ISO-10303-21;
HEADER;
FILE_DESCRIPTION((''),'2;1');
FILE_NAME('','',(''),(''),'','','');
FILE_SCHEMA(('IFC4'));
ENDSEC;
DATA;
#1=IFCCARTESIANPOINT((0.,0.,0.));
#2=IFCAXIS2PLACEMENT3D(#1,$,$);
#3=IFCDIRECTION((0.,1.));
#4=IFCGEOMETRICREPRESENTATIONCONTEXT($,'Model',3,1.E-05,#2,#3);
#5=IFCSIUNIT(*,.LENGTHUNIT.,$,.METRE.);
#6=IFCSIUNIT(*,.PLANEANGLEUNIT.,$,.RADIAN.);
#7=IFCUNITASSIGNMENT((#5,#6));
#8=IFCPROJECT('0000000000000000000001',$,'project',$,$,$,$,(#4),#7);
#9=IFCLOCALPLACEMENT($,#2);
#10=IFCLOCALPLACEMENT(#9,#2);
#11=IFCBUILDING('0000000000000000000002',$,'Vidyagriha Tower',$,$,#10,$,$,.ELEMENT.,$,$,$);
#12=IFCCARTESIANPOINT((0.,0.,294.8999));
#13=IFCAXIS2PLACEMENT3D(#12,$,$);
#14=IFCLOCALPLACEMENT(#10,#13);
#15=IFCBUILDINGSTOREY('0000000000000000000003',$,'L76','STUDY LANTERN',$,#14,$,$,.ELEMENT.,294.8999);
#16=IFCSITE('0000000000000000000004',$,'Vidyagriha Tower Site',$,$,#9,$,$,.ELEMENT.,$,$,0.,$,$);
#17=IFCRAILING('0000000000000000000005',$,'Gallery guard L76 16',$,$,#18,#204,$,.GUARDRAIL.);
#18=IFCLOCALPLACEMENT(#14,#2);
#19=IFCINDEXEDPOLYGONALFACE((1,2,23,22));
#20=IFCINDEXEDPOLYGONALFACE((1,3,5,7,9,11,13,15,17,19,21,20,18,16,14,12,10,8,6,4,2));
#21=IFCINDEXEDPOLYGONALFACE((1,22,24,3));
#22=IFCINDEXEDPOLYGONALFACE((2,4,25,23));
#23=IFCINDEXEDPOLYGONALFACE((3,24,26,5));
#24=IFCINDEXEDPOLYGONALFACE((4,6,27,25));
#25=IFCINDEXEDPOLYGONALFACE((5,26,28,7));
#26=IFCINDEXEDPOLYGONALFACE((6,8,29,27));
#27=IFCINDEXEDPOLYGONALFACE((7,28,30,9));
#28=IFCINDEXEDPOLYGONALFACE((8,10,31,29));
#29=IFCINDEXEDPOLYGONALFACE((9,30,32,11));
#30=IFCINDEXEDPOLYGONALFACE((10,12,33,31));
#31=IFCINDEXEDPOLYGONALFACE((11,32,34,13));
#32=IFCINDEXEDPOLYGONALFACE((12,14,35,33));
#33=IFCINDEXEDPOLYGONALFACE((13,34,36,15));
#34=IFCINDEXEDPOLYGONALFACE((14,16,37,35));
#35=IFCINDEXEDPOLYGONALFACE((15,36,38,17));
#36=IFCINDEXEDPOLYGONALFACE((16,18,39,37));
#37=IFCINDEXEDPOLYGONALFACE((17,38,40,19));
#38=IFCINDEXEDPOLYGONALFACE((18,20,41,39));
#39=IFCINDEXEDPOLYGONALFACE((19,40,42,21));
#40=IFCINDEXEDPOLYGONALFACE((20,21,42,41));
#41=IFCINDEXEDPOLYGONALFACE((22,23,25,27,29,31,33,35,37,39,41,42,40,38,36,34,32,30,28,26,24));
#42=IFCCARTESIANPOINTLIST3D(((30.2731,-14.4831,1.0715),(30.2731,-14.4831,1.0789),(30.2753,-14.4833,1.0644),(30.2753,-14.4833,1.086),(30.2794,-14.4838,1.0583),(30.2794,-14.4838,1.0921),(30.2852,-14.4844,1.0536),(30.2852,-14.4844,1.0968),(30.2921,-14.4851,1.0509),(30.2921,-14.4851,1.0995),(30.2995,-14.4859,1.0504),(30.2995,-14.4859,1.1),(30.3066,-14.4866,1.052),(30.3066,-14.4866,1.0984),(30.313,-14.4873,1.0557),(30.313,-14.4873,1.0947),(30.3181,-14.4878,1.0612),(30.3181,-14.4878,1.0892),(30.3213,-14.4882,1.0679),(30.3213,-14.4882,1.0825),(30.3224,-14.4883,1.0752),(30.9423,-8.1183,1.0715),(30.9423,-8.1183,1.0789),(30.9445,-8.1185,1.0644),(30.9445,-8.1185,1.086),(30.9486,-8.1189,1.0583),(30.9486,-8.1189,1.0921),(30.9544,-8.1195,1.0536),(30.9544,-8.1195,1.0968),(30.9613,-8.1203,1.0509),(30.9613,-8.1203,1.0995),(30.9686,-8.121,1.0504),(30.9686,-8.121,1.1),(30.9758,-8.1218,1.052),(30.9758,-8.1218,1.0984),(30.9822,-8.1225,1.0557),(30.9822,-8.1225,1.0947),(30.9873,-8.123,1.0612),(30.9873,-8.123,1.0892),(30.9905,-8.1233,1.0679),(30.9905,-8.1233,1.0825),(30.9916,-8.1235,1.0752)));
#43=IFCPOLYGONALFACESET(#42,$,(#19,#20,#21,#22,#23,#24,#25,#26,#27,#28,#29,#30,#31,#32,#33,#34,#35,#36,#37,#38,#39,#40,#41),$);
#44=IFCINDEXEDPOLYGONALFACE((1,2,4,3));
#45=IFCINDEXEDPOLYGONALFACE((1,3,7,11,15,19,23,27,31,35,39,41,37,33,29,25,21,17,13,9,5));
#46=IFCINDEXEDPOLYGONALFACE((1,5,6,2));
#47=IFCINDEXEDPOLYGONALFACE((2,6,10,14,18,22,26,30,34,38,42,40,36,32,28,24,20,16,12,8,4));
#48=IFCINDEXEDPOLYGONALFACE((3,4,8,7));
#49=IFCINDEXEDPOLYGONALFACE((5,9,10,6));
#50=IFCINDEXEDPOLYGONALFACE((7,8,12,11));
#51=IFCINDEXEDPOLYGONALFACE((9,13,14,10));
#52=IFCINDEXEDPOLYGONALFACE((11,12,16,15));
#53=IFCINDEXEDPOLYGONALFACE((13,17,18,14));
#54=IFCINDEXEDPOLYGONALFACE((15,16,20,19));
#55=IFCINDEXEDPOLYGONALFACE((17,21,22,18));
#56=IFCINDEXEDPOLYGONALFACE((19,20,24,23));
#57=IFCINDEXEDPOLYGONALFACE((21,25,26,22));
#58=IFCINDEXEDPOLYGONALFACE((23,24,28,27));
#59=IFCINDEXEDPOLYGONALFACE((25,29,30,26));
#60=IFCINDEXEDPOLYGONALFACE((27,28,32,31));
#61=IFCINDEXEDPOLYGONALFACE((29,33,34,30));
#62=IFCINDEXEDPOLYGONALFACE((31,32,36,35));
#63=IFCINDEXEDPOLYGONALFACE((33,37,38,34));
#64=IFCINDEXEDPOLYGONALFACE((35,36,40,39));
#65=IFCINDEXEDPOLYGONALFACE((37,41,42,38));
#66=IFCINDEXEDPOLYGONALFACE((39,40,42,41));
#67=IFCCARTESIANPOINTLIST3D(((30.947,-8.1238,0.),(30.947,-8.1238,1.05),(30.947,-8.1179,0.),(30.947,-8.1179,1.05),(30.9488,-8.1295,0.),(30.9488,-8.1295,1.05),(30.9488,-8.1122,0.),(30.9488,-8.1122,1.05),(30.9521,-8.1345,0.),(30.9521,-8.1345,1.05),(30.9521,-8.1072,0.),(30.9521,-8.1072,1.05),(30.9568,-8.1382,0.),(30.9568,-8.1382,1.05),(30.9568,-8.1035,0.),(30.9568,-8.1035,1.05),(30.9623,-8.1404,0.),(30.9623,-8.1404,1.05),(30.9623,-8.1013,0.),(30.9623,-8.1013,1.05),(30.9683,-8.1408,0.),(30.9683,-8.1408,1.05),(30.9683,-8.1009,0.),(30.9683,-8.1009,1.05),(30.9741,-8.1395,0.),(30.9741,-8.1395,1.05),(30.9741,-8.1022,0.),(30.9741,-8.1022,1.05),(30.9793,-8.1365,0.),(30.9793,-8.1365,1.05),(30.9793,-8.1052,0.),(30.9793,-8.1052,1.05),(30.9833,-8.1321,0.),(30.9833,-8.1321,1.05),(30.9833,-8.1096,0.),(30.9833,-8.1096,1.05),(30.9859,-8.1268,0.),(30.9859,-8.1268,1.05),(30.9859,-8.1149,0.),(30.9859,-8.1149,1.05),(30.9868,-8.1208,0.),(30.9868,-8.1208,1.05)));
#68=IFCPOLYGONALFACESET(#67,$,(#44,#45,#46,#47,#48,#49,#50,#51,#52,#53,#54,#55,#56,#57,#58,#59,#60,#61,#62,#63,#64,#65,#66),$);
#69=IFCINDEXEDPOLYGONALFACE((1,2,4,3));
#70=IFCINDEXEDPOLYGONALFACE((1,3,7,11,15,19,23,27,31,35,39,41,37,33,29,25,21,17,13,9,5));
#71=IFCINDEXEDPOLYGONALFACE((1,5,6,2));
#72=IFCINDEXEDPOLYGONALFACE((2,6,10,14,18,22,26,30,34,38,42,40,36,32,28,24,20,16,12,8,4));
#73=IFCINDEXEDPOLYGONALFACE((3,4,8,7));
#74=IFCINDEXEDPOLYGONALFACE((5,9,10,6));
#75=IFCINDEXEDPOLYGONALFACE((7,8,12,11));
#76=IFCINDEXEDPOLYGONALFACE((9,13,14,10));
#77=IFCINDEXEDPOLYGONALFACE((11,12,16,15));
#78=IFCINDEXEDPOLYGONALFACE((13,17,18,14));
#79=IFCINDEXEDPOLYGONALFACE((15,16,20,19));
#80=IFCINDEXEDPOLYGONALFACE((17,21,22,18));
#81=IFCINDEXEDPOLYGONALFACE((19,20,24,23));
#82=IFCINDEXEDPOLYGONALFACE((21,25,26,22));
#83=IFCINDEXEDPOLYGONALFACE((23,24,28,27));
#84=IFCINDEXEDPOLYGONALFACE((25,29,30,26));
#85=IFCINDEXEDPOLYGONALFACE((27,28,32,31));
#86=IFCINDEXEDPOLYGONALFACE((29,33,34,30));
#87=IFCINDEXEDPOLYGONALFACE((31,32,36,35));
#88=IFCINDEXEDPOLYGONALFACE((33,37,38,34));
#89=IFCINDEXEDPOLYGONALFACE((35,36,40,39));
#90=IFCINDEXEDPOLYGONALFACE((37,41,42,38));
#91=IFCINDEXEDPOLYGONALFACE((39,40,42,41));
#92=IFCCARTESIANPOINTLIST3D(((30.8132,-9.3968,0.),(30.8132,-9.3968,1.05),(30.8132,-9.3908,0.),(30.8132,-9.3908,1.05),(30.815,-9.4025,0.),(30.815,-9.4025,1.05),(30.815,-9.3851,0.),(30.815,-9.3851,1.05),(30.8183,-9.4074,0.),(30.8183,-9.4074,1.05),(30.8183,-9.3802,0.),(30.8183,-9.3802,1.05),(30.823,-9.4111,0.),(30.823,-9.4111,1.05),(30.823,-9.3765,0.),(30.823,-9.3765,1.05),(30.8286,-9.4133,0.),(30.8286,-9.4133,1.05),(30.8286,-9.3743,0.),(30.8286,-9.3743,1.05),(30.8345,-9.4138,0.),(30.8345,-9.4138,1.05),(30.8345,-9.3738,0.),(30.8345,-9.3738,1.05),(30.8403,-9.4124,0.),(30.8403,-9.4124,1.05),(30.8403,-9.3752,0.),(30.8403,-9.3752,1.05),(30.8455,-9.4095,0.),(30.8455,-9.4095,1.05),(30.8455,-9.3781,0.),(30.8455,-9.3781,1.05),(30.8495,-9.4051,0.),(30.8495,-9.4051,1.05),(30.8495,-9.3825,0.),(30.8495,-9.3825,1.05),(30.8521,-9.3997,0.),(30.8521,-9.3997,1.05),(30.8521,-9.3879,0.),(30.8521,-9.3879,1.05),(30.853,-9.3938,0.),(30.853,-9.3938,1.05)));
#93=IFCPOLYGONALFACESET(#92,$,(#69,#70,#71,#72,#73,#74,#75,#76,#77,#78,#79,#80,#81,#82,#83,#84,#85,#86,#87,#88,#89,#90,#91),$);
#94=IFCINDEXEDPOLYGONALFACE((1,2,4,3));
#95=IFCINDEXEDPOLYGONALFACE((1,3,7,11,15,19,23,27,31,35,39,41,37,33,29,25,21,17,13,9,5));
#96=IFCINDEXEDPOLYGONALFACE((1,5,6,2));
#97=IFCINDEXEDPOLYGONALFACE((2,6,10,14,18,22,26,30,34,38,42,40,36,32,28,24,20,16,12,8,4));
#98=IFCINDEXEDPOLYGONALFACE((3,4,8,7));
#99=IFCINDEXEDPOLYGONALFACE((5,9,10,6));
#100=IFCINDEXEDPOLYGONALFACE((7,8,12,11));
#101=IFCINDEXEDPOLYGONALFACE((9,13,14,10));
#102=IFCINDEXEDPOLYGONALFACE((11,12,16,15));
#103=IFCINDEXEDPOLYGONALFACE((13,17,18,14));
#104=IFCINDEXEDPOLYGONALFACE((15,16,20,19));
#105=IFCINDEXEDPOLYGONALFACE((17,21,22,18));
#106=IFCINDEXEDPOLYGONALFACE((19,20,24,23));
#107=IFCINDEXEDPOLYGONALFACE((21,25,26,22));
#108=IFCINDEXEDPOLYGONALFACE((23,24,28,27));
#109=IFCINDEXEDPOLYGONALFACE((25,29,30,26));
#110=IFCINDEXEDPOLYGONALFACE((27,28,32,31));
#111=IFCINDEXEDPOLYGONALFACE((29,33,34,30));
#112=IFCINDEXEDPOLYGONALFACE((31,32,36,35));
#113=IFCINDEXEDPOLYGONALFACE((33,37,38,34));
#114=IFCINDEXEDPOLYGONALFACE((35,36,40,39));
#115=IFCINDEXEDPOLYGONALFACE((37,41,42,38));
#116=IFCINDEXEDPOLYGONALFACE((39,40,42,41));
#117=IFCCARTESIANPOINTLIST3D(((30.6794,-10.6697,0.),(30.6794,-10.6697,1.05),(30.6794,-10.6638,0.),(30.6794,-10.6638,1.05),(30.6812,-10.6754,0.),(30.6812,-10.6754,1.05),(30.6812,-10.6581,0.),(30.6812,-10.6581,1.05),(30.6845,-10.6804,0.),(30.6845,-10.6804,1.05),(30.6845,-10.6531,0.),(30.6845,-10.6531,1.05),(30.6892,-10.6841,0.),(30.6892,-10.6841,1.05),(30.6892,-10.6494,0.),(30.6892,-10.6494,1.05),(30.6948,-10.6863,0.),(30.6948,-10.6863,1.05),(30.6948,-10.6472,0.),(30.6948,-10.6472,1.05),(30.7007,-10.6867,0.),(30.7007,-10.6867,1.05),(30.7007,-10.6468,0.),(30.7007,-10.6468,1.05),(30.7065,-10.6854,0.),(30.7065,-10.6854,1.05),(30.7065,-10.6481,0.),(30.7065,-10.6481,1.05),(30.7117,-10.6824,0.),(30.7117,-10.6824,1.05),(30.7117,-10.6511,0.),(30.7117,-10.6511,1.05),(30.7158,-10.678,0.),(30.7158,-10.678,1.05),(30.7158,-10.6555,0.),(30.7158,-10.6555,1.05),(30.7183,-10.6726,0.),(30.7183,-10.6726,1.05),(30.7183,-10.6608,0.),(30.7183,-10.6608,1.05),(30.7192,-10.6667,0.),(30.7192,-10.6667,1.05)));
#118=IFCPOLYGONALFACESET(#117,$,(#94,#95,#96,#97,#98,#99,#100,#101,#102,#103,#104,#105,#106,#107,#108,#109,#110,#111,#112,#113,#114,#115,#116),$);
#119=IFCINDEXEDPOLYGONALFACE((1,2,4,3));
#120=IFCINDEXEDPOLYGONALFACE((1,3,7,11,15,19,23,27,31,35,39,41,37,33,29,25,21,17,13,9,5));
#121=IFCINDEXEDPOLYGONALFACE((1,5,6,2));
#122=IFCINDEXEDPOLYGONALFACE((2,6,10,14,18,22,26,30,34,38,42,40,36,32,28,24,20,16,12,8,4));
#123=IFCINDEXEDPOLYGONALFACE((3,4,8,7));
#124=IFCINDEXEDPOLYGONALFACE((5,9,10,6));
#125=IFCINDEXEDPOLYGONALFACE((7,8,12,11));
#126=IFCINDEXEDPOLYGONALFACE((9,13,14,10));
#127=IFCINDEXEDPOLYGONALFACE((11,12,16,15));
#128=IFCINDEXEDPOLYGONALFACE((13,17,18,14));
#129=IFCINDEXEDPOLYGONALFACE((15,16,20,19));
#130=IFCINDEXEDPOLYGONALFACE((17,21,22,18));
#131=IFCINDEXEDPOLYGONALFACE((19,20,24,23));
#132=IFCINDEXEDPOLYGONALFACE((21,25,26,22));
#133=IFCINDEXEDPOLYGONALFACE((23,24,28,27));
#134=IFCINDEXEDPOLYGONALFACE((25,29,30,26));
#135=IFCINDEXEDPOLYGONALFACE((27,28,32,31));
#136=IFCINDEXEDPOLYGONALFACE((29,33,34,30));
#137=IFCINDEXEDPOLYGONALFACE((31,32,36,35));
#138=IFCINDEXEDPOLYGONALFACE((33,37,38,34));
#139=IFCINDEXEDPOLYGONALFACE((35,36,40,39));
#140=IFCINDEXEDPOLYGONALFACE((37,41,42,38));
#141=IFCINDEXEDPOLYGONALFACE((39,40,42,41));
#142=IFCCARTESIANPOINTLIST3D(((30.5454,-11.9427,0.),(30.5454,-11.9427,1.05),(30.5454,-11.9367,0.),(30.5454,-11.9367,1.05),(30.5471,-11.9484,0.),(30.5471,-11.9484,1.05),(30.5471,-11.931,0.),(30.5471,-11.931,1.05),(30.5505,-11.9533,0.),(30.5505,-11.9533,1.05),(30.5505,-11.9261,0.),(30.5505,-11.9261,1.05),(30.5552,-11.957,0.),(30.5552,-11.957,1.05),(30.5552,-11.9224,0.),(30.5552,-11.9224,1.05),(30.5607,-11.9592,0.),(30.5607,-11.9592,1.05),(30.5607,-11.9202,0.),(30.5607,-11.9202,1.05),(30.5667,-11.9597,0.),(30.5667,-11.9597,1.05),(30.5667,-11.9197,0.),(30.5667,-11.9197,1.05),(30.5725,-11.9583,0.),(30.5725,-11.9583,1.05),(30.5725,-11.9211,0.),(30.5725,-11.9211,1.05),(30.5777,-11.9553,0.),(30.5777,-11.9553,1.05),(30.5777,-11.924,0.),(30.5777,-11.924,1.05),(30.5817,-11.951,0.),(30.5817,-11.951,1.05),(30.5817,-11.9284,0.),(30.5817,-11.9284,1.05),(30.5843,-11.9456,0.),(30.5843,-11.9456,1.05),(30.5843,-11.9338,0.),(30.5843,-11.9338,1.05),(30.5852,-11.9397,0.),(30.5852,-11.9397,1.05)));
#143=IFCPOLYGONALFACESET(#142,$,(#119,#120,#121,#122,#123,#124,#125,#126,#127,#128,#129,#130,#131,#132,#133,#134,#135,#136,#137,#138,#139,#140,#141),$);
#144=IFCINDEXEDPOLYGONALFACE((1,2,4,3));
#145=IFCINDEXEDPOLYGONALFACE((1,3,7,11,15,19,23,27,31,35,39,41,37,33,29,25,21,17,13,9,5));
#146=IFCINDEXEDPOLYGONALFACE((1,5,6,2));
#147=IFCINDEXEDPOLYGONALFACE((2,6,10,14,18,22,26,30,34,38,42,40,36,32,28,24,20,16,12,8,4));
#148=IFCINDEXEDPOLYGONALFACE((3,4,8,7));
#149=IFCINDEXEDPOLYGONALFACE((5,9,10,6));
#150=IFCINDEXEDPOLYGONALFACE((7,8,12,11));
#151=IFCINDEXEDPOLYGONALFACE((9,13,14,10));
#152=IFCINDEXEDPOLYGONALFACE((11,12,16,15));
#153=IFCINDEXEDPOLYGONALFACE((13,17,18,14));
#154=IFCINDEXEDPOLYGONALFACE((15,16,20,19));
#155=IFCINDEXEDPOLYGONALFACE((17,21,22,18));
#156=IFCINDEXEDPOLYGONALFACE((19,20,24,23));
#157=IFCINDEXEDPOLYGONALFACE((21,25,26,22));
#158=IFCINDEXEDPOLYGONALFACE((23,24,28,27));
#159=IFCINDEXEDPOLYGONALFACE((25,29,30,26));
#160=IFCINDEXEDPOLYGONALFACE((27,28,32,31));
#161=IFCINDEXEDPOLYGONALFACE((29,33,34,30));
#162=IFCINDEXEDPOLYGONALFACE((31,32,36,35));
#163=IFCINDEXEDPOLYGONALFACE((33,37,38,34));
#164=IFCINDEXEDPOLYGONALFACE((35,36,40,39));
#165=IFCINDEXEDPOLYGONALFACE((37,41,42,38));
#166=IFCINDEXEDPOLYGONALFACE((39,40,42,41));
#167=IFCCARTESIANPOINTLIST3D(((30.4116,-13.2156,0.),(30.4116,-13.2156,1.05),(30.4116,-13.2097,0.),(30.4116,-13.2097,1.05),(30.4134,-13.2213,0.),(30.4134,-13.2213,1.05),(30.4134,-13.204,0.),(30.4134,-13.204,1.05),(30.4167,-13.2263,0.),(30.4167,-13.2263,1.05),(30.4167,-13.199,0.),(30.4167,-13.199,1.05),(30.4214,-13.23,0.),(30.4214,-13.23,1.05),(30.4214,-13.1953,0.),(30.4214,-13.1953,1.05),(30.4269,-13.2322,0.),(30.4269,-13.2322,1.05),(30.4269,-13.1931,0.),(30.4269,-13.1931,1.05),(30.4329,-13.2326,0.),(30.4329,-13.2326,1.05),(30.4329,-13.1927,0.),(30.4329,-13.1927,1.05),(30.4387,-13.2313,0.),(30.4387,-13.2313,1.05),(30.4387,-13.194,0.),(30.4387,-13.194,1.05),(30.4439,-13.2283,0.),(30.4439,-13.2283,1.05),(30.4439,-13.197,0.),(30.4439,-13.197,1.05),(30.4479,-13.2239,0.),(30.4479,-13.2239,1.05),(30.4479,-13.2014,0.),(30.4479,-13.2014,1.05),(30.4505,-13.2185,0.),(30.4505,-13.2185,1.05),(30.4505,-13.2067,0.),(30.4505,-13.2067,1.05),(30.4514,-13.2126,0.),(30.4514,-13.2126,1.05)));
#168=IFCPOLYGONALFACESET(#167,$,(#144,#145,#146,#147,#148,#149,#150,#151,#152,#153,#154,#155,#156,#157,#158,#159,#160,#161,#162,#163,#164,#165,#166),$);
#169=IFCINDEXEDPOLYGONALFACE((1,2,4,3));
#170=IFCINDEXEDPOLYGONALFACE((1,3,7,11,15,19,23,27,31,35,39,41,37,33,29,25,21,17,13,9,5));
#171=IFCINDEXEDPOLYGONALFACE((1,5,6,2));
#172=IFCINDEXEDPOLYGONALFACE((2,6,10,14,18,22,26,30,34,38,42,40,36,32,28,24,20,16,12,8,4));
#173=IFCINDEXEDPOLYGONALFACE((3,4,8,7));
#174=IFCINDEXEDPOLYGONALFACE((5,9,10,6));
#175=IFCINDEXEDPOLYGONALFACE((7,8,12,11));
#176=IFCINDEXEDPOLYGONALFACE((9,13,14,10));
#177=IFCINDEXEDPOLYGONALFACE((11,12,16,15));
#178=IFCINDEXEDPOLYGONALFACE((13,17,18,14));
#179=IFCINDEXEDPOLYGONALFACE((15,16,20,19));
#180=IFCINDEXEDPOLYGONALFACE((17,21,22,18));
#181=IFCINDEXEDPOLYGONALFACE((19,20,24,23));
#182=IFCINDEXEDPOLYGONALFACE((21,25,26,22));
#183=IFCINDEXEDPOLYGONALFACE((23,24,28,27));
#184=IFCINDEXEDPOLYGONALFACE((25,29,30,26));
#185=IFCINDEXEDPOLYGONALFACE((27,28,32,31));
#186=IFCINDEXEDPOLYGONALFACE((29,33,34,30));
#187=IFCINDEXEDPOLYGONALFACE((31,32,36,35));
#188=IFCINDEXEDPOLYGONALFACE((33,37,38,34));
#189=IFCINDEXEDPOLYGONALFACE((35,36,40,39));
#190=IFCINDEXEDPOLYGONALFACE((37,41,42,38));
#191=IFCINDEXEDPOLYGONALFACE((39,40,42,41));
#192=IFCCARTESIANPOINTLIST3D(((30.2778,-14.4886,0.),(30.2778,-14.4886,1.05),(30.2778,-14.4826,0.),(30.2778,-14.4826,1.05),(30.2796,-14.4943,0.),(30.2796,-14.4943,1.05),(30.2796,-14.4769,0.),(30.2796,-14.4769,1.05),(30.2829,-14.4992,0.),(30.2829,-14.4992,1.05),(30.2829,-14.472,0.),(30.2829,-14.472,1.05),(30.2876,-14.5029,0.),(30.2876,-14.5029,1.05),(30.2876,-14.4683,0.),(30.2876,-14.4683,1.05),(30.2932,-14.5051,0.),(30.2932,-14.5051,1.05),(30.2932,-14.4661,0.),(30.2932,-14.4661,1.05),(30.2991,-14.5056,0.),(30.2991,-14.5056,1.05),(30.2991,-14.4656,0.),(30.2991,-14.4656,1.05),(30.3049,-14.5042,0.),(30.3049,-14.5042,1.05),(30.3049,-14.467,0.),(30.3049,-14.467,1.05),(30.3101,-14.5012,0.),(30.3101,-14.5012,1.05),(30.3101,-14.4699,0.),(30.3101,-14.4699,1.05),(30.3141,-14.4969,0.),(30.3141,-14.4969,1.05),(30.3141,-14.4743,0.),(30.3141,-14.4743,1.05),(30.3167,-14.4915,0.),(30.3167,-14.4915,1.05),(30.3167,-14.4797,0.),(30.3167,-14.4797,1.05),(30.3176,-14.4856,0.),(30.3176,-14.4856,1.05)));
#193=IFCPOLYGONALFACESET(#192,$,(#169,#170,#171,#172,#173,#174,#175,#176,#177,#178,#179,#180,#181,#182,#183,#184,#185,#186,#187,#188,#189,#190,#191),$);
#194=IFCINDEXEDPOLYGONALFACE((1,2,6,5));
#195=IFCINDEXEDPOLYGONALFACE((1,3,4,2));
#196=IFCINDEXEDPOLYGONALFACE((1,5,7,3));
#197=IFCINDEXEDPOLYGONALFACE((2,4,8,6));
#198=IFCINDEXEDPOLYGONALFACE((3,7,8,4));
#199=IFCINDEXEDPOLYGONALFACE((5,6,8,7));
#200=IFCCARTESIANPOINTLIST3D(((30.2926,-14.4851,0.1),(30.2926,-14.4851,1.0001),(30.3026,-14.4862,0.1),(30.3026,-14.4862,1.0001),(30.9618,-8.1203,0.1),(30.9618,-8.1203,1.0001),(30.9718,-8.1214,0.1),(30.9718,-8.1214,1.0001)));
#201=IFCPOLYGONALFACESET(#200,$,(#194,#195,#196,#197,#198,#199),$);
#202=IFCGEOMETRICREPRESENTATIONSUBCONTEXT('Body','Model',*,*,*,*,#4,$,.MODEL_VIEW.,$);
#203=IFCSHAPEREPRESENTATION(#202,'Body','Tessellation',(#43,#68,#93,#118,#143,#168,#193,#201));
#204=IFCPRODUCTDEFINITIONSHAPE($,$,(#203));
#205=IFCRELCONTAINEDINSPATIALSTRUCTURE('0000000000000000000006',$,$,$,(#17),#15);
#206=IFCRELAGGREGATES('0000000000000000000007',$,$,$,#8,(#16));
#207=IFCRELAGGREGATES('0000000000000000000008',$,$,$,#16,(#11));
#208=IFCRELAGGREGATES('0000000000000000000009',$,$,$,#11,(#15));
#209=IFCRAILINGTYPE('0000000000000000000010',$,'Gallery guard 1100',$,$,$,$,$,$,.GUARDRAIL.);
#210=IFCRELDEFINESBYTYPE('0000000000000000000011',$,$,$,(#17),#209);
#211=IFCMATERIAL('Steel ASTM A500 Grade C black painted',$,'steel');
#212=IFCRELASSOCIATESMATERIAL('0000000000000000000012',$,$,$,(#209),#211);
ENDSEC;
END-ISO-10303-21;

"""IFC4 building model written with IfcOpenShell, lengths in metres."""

from ifc_helpers import new_model, si_unit, direction, frame, origin, origin_2d, place, context, subcontext, project, spatial, rectangle, circle, extrude, material, type_object, element, save


model = new_model("IFC4")

# Units and contexts
model_context = context("Model", 3, precision=1e-05, world=origin(), true_north=direction((0.0, 1.0)))
body_context = subcontext(model_context, "Body", "Model", "MODEL_VIEW")
ifc_project = project(units=[si_unit("LENGTHUNIT", "METRE"), si_unit("PLANEANGLEUNIT", "RADIAN")], contexts=[model_context])

# Site, building, storey
site_placement = place(None, origin())
site = spatial("IfcSite", under=ifc_project, at=site_placement, Name="Vidyagriha Tower Site", CompositionType="ELEMENT", RefElevation=0.0)
building_placement = place(site_placement, origin())
building = spatial("IfcBuilding", under=site, at=building_placement, Name="Vidyagriha Tower", CompositionType="ELEMENT")
storey_placement = place(building_placement, frame((0.0, 0.0, 294.8999)))
storey = spatial("IfcBuildingStorey", under=building, at=storey_placement, Name="L76", Description="STUDY LANTERN", CompositionType="ELEMENT", Elevation=294.8999)

# Railing
ifc_material_1 = material(Name="Steel ASTM A500 Grade C black painted", Category="steel")
railing_type = type_object("IfcRailingType", Name="Gallery guard 1100", PredefinedType="GUARDRAIL", material=ifc_material_1)
railing_placement = place(storey_placement, frame((30.9668, -8.1208, 0.0)))
element("IfcRailing", 1, at=railing_placement, inside=storey, type_object=railing_type, Name="Gallery guard L76 16", PredefinedType="GUARDRAIL", context=body_context, shape_type="SweptSolid", body=[
    extrude(circle(Radius=0.0249, at=origin_2d()), frame((0.0, 0.0, 1.0752), z_axis=(-0.104564, -0.994518, 0.0), x_axis=(0.994518, -0.104564, 0.0)), (0.0, 0.0, 1.0), 6.3999),
    extrude(circle(Radius=0.02, at=origin_2d()), origin(), (0.0, 0.0, 1.0), 1.05),
    extrude(circle(Radius=0.02, at=origin_2d()), frame((-0.1338, -1.2729, 0.0)), (0.0, 0.0, 1.0), 1.05),
    extrude(circle(Radius=0.02, at=origin_2d()), frame((-0.2676, -2.5459, 0.0)), (0.0, 0.0, 1.0), 1.05),
    extrude(circle(Radius=0.02, at=origin_2d()), frame((-0.4016, -3.8188, 0.0)), (0.0, 0.0, 1.0), 1.05),
    extrude(circle(Radius=0.02, at=origin_2d()), frame((-0.5354, -5.0918, 0.0)), (0.0, 0.0, 1.0), 1.05),
    extrude(circle(Radius=0.02, at=origin_2d()), frame((-0.6692, -6.3647, 0.0)), (0.0, 0.0, 1.0), 1.05),
    extrude(rectangle(XDim=0.01, YDim=0.9001, at=origin_2d()), frame((0.0, 0.0, 0.55), z_axis=(-0.104564, -0.994518, 0.0), x_axis=(0.994518, -0.104564, 0.0)), (0.0, 0.0, 1.0), 6.3999),
])

save(model, "model.ifc")
